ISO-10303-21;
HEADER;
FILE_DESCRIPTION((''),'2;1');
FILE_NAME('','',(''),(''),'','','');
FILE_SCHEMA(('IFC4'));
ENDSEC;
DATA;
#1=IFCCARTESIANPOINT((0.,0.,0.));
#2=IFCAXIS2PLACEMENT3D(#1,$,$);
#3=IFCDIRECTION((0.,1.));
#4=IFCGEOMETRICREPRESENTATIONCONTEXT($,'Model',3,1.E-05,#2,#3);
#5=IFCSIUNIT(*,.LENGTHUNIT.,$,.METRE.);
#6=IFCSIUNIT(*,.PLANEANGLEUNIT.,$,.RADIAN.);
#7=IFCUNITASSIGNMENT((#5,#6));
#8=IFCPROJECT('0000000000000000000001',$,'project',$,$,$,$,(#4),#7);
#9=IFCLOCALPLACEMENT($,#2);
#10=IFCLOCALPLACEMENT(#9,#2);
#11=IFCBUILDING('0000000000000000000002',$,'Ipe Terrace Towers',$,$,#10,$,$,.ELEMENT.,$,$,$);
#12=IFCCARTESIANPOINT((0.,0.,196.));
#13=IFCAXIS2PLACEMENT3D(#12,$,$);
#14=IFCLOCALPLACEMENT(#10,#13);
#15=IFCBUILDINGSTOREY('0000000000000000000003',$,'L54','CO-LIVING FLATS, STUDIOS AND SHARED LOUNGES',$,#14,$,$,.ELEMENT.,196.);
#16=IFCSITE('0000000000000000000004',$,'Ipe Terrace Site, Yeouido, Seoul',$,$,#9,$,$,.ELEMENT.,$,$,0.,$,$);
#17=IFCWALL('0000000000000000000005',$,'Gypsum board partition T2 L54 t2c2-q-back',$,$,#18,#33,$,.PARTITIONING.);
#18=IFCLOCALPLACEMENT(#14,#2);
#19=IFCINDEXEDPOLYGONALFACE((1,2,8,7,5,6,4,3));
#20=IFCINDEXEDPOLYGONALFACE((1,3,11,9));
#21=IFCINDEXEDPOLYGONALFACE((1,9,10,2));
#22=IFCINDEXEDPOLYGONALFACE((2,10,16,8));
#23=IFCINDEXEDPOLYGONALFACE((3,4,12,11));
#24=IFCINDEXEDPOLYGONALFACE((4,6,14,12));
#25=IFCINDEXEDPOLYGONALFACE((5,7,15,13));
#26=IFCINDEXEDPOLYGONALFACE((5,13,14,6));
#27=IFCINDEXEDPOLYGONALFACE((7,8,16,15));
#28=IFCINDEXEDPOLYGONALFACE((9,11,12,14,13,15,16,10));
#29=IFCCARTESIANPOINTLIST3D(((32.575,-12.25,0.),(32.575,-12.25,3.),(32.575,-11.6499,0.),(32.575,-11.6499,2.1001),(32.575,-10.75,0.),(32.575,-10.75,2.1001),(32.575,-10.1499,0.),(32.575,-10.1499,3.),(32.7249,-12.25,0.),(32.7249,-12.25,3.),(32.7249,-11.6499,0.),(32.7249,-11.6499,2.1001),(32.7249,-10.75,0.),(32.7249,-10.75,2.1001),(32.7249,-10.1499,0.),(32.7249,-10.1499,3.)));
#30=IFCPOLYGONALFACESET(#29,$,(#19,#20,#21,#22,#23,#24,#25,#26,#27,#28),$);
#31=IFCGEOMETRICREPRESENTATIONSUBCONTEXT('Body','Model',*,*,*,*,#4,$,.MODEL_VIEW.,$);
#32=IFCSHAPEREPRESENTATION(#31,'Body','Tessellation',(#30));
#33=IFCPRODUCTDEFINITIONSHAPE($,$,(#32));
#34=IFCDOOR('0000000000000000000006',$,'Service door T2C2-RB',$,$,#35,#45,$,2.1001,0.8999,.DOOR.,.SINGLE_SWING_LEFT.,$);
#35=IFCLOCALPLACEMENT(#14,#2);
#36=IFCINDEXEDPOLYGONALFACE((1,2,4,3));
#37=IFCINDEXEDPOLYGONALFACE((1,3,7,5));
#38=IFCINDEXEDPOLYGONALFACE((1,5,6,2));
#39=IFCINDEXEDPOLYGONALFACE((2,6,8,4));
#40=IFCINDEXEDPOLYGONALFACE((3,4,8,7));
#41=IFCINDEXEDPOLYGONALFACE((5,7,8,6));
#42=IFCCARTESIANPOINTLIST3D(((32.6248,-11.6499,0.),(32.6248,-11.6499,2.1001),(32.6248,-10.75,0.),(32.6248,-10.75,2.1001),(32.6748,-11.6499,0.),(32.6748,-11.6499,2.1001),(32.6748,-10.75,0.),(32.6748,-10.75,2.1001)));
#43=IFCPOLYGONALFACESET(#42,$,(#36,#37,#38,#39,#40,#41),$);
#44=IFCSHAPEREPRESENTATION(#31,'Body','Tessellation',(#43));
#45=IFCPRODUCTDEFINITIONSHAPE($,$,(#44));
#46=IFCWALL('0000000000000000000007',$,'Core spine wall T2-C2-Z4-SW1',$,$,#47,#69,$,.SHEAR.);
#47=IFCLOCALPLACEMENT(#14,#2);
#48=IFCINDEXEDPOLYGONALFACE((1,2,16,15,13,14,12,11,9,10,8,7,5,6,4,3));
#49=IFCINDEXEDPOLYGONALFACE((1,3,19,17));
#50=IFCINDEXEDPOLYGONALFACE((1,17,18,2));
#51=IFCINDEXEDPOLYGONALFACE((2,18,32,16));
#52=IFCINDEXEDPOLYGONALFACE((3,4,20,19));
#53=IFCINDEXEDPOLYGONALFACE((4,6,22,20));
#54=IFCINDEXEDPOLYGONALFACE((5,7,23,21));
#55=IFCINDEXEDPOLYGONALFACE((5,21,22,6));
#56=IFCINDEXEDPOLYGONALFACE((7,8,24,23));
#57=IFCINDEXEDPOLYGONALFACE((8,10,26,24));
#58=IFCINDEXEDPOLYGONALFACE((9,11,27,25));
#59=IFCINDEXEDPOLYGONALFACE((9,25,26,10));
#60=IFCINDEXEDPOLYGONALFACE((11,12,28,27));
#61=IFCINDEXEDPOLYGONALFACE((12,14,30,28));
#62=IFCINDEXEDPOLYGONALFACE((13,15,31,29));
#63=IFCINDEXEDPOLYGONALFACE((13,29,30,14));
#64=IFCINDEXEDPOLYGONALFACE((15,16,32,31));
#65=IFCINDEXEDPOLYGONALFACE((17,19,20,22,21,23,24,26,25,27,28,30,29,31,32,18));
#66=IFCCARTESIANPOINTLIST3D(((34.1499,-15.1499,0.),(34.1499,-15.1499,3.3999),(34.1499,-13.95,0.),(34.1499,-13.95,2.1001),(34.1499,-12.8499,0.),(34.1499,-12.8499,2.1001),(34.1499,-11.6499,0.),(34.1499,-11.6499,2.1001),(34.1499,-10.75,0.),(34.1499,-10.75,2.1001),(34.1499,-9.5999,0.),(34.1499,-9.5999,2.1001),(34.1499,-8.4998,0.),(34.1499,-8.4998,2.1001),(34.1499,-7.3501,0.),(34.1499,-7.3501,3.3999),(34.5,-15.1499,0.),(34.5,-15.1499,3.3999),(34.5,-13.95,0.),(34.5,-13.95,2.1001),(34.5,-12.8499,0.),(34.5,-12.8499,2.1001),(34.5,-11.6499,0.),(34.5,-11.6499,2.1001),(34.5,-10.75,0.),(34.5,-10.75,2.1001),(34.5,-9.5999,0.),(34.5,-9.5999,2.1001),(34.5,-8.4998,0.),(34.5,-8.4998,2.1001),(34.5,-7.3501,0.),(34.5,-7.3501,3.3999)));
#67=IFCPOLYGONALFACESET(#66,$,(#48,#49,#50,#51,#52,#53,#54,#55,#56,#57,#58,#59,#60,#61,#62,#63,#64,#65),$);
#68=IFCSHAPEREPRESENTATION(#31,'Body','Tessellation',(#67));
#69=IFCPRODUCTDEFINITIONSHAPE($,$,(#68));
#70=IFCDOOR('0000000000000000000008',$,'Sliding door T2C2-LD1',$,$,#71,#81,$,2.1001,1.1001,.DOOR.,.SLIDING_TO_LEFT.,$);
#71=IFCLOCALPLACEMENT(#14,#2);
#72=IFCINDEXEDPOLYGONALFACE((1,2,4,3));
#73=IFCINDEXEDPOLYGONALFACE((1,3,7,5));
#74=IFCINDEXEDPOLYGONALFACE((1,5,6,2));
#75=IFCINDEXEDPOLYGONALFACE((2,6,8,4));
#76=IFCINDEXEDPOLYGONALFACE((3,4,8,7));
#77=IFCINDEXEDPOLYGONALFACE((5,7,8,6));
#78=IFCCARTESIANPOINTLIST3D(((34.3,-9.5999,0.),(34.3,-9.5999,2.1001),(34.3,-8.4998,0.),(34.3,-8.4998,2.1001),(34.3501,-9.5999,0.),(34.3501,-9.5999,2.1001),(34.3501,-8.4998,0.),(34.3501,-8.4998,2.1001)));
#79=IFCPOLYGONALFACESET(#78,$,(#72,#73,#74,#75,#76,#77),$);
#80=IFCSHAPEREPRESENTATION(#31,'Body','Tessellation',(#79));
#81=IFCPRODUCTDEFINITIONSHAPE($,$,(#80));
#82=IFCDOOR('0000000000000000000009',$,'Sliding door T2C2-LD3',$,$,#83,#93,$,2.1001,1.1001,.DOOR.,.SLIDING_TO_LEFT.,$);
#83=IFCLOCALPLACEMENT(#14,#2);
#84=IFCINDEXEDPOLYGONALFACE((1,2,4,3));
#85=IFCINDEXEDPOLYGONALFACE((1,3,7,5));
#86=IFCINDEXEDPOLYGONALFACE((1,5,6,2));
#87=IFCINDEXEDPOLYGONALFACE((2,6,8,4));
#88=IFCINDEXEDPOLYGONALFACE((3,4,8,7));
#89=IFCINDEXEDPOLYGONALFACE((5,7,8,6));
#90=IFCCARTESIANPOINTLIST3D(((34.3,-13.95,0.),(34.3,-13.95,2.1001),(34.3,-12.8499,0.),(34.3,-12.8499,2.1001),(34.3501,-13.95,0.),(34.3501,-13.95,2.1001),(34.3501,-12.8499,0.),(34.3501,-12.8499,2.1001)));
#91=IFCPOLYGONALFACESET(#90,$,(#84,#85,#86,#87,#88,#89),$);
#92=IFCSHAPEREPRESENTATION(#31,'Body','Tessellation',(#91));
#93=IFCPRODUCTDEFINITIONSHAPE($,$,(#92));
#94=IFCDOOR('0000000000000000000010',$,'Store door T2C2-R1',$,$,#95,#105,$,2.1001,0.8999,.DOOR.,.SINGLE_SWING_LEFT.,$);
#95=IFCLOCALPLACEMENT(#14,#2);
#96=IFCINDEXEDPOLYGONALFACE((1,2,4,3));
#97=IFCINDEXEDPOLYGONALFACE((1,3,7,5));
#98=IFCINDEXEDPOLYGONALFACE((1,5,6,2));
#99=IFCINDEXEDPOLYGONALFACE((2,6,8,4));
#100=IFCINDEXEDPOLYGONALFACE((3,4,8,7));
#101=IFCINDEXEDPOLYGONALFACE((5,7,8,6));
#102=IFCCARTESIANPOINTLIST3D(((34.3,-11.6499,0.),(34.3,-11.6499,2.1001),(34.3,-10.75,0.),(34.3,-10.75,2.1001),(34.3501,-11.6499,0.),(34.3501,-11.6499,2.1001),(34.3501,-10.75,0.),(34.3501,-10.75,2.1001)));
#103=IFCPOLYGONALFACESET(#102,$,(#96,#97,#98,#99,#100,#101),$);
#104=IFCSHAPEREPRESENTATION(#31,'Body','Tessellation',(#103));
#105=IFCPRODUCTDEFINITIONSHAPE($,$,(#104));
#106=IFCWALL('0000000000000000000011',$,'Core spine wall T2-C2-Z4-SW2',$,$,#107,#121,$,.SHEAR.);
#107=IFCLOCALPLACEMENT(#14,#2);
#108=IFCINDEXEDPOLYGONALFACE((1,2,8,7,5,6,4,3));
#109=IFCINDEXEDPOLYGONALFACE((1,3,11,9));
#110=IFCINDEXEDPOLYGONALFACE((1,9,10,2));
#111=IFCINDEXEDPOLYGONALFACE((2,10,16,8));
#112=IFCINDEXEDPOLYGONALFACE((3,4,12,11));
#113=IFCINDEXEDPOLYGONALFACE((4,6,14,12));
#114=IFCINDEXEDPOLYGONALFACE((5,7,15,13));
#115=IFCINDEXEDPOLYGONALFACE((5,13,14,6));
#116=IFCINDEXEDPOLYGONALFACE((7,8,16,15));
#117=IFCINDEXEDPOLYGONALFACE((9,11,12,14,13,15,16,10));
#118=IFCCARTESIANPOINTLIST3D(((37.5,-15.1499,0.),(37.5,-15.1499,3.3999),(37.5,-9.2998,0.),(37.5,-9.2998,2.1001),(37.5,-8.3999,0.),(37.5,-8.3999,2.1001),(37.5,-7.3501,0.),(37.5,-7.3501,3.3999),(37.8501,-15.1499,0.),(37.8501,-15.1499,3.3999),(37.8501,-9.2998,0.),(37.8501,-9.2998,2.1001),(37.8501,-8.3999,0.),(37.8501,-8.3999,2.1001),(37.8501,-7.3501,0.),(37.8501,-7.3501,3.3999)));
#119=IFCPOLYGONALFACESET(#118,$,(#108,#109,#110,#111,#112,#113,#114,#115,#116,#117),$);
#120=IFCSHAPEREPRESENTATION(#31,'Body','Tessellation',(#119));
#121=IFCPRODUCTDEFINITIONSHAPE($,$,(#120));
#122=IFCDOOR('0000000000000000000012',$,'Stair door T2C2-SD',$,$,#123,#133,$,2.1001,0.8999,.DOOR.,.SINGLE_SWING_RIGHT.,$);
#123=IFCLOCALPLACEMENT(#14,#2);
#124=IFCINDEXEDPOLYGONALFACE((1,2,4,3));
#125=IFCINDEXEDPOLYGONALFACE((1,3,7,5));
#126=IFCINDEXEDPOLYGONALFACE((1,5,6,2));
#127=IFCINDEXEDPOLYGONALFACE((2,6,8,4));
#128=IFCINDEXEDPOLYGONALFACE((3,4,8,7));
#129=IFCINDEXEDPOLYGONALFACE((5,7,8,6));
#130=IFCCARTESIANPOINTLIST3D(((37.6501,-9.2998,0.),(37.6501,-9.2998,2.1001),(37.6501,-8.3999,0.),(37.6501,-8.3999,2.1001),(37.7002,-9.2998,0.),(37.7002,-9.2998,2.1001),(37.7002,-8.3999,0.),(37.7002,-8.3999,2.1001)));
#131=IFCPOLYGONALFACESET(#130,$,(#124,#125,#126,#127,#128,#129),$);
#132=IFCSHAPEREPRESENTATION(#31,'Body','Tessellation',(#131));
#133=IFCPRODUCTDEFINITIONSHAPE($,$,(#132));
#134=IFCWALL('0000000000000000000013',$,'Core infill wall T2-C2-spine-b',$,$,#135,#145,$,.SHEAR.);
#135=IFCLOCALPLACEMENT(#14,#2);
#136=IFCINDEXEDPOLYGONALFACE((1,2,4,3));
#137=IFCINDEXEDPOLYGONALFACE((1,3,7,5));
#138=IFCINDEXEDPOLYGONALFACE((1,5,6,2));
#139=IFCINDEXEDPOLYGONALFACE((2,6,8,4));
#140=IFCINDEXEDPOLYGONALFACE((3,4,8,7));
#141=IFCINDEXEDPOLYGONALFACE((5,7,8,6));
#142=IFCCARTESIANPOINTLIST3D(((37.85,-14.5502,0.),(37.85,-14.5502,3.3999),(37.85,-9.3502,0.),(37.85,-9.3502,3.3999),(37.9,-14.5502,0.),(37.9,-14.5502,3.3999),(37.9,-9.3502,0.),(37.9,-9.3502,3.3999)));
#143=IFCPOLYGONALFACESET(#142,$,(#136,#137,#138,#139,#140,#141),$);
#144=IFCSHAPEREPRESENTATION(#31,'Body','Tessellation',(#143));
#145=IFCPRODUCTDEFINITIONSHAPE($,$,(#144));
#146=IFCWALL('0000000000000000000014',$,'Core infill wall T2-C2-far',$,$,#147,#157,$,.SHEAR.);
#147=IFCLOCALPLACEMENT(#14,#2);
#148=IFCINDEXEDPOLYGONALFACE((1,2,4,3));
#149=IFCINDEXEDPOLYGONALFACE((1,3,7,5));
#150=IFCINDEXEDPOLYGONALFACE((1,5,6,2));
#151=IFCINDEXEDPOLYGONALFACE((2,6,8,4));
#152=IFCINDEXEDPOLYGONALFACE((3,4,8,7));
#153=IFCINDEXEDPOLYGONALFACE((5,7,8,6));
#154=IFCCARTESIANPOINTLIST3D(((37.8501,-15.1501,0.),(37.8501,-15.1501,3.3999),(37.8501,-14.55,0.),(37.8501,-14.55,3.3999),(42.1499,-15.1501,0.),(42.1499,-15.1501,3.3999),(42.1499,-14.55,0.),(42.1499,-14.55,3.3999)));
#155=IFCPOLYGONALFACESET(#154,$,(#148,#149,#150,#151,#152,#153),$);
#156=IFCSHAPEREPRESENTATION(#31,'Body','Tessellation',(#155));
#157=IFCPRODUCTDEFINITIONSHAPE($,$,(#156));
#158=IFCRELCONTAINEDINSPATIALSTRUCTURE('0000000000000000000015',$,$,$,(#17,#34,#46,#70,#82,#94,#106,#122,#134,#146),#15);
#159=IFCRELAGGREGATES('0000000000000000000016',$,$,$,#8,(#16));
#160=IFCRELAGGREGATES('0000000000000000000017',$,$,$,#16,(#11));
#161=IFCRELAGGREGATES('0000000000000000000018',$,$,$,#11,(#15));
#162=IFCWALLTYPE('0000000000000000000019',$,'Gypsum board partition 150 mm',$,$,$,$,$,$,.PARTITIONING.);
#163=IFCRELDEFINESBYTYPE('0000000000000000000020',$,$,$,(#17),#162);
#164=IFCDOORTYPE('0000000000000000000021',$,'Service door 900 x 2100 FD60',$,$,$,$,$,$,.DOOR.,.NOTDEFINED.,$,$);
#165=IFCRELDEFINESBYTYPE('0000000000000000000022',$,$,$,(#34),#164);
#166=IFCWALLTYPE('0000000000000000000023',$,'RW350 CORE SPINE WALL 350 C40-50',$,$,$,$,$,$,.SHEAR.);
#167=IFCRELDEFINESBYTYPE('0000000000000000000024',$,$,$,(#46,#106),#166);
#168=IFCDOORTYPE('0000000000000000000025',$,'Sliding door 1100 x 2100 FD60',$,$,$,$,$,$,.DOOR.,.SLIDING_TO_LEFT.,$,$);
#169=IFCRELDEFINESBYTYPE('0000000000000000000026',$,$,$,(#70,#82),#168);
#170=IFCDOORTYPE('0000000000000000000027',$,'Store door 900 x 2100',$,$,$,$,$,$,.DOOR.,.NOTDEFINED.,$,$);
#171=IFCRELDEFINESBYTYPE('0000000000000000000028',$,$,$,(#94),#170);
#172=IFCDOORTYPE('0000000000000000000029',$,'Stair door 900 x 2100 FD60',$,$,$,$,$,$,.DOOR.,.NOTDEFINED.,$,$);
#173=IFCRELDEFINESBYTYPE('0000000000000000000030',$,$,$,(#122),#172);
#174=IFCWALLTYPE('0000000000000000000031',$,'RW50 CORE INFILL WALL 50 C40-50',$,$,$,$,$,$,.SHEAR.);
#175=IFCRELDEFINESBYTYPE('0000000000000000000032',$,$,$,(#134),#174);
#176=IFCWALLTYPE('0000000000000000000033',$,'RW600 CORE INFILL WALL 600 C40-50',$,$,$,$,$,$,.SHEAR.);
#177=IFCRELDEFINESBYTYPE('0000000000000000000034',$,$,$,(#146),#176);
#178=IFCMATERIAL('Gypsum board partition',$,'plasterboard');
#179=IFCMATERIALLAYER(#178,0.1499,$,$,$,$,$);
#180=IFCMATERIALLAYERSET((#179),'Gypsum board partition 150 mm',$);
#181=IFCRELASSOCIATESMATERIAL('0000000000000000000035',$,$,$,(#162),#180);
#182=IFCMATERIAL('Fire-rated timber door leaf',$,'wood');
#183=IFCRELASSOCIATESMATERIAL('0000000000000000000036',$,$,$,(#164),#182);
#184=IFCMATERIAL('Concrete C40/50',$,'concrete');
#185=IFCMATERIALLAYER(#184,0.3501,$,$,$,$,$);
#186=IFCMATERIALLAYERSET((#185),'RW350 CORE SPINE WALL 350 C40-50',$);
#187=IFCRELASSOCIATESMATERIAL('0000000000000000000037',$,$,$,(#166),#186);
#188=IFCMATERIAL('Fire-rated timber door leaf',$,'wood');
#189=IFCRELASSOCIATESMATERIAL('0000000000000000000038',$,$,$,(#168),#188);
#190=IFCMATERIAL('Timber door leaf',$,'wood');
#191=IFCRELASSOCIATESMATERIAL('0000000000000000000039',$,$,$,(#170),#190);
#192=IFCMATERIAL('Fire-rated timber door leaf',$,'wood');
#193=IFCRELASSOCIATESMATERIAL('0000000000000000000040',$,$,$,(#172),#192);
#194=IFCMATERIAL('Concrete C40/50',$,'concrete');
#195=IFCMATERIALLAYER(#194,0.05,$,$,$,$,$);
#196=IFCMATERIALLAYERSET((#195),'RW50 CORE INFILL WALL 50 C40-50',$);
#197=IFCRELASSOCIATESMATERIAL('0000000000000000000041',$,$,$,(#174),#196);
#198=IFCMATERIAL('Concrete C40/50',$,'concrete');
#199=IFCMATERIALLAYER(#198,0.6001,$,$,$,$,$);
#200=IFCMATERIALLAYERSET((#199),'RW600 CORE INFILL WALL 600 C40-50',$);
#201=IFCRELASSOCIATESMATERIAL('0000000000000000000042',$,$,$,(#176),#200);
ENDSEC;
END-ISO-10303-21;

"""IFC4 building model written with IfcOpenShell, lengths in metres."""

from ifc_helpers import new_model, si_unit, direction, frame, frame_2d, origin, place, context, subcontext, project, spatial, rectangle, extrude, material, layer, layer_set, type_object, element, fill, save


model = new_model("IFC4")

# Units and contexts
model_context = context("Model", 3, precision=1e-05, world=origin(), true_north=direction((0.0, 1.0)))
body_context = subcontext(model_context, "Body", "Model", "MODEL_VIEW")
ifc_project = project(units=[si_unit("LENGTHUNIT", "METRE"), si_unit("PLANEANGLEUNIT", "RADIAN")], contexts=[model_context])

# Site, building, storey
site_placement = place(None, origin())
site = spatial("IfcSite", under=ifc_project, at=site_placement, Name="Ipe Terrace Site, Yeouido, Seoul", CompositionType="ELEMENT", RefElevation=0.0)
building_placement = place(site_placement, origin())
building = spatial("IfcBuilding", under=site, at=building_placement, Name="Ipe Terrace Towers", CompositionType="ELEMENT")
storey_placement = place(building_placement, frame((0.0, 0.0, 196.0)))
storey = spatial("IfcBuildingStorey", under=building, at=storey_placement, Name="L54", Description="CO-LIVING FLATS, STUDIOS AND SHARED LOUNGES", CompositionType="ELEMENT", Elevation=196.0)

# Wall, opening, door
ifc_material_1 = material(Name="Gypsum board partition", Category="plasterboard")
ifc_layer_1 = layer(ifc_material_1, 0.1499)
ifc_layer_set_1 = layer_set([ifc_layer_1], Name="Gypsum board partition 150 mm")
wall_type_1 = type_object("IfcWallType", Name="Gypsum board partition 150 mm", PredefinedType="PARTITIONING", material=ifc_layer_set_1)
wall_1_placement = place(storey_placement, frame((32.6499, -10.1499, 0.0), z_axis=(0.0, 0.0, 1.0), x_axis=(0.0, -1.0, 0.0)))
wall_1 = element("IfcWall", 1, at=wall_1_placement, inside=storey, type_object=wall_type_1, Name="Gypsum board partition T2 L54 t2c2-q-back", PredefinedType="PARTITIONING", context=body_context, shape_type="SweptSolid", body=[
    extrude(rectangle(XDim=2.1001, YDim=0.1499, at=frame_2d((1.05, 0.0))), origin(), (0.0, 0.0, 1.0), 3.0),
])
opening_1_placement = place(wall_1_placement, frame((0.6001, 0.0, 0.0)))
opening_1 = element("IfcOpeningElement", 2, at=opening_1_placement, cuts=wall_1, PredefinedType="OPENING", context=body_context, shape_type="SweptSolid", body=[
    extrude(rectangle(XDim=0.8999, YDim=2.1001, at=frame_2d((0.45, 1.05))), frame((0.0, 0.085, 0.0), z_axis=(0.0, -1.0, 0.0), x_axis=(1.0, 0.0, 0.0)), (0.0, 0.0, 1.0), 0.1699),
])
ifc_material_2 = material(Name="Fire-rated timber door leaf", Category="wood")
door_type_1 = type_object("IfcDoorType", Name="Service door 900 x 2100 FD60", OperationType="NOTDEFINED", PredefinedType="DOOR", material=ifc_material_2)
door_1_placement = place(opening_1_placement, origin())
door_1 = element("IfcDoor", 3, at=door_1_placement, inside=storey, type_object=door_type_1, Name="Service door T2C2-RB", OperationType="SINGLE_SWING_LEFT", OverallHeight=2.1001, OverallWidth=0.8999, PredefinedType="DOOR", context=body_context, shape_type="SweptSolid", body=[
    extrude(rectangle(XDim=0.8999, YDim=2.1001, at=frame_2d((0.45, 1.05))), frame((0.0, 0.0249, 0.0), z_axis=(0.0, -1.0, 0.0), x_axis=(1.0, 0.0, 0.0)), (0.0, 0.0, 1.0), 0.05),
])
fill(opening_1, door_1)

# Wall, openings, doors
ifc_material_3 = material(Name="Concrete C40/50", Category="concrete")
ifc_layer_2 = layer(ifc_material_3, 0.3501)
ifc_layer_set_2 = layer_set([ifc_layer_2], Name="RW350 CORE SPINE WALL 350 C40-50")
wall_type_2 = type_object("IfcWallType", Name="RW350 CORE SPINE WALL 350 C40-50", PredefinedType="SHEAR", material=ifc_layer_set_2)
wall_2_placement = place(storey_placement, frame((34.325, -15.1499, 0.0), z_axis=(0.0, 0.0, 1.0), x_axis=(0.0, 1.0, 0.0)))
wall_2 = element("IfcWall", 4, at=wall_2_placement, inside=storey, type_object=wall_type_2, Name="Core spine wall T2-C2-Z4-SW1", PredefinedType="SHEAR", context=body_context, shape_type="SweptSolid", body=[
    extrude(rectangle(XDim=7.7998, YDim=0.3501, at=frame_2d((3.8999, 0.0))), origin(), (0.0, 0.0, 1.0), 3.3999),
])
opening_2_placement = place(wall_2_placement, frame((5.55, 0.0, 0.0)))
opening_2 = element("IfcOpeningElement", 5, at=opening_2_placement, cuts=wall_2, PredefinedType="OPENING", context=body_context, shape_type="SweptSolid", body=[
    extrude(rectangle(XDim=1.1001, YDim=2.1001, at=frame_2d((0.55, 1.05))), frame((0.0, 0.1851, 0.0), z_axis=(0.0, -1.0, 0.0), x_axis=(1.0, 0.0, 0.0)), (0.0, 0.0, 1.0), 0.3701),
])
opening_3_placement = place(wall_2_placement, frame((1.2, 0.0, 0.0)))
opening_3 = element("IfcOpeningElement", 6, at=opening_3_placement, cuts=wall_2, PredefinedType="OPENING", context=body_context, shape_type="SweptSolid", body=[
    extrude(rectangle(XDim=1.1001, YDim=2.1001, at=frame_2d((0.55, 1.05))), frame((0.0, 0.1851, 0.0), z_axis=(0.0, -1.0, 0.0), x_axis=(1.0, 0.0, 0.0)), (0.0, 0.0, 1.0), 0.3701),
])
opening_4_placement = place(wall_2_placement, frame((3.5, 0.0, 0.0)))
opening_4 = element("IfcOpeningElement", 7, at=opening_4_placement, cuts=wall_2, PredefinedType="OPENING", context=body_context, shape_type="SweptSolid", body=[
    extrude(rectangle(XDim=0.8999, YDim=2.1001, at=frame_2d((0.45, 1.05))), frame((0.0, 0.1851, 0.0), z_axis=(0.0, -1.0, 0.0), x_axis=(1.0, 0.0, 0.0)), (0.0, 0.0, 1.0), 0.3701),
])
ifc_material_4 = material(Name="Fire-rated timber door leaf", Category="wood")
door_type_2 = type_object("IfcDoorType", Name="Sliding door 1100 x 2100 FD60", OperationType="SLIDING_TO_LEFT", PredefinedType="DOOR", material=ifc_material_4)
door_2_placement = place(opening_2_placement, origin())
door_2 = element("IfcDoor", 8, at=door_2_placement, inside=storey, type_object=door_type_2, Name="Sliding door T2C2-LD1", OperationType="SLIDING_TO_LEFT", OverallHeight=2.1001, OverallWidth=1.1001, PredefinedType="DOOR", context=body_context, shape_type="SweptSolid", body=[
    extrude(rectangle(XDim=1.1001, YDim=2.1001, at=frame_2d((0.55, 1.05))), frame((0.0, 0.0249, 0.0), z_axis=(0.0, -1.0, 0.0), x_axis=(1.0, 0.0, 0.0)), (0.0, 0.0, 1.0), 0.05),
])
fill(opening_2, door_2)
door_3_placement = place(opening_3_placement, origin())
door_3 = element("IfcDoor", 9, at=door_3_placement, inside=storey, type_object=door_type_2, Name="Sliding door T2C2-LD3", OperationType="SLIDING_TO_LEFT", OverallHeight=2.1001, OverallWidth=1.1001, PredefinedType="DOOR", context=body_context, shape_type="SweptSolid", body=[
    extrude(rectangle(XDim=1.1001, YDim=2.1001, at=frame_2d((0.55, 1.05))), frame((0.0, 0.0249, 0.0), z_axis=(0.0, -1.0, 0.0), x_axis=(1.0, 0.0, 0.0)), (0.0, 0.0, 1.0), 0.05),
])
fill(opening_3, door_3)
ifc_material_5 = material(Name="Timber door leaf", Category="wood")
door_type_3 = type_object("IfcDoorType", Name="Store door 900 x 2100", OperationType="NOTDEFINED", PredefinedType="DOOR", material=ifc_material_5)
door_4_placement = place(opening_4_placement, origin())
door_4 = element("IfcDoor", 10, at=door_4_placement, inside=storey, type_object=door_type_3, Name="Store door T2C2-R1", OperationType="SINGLE_SWING_LEFT", OverallHeight=2.1001, OverallWidth=0.8999, PredefinedType="DOOR", context=body_context, shape_type="SweptSolid", body=[
    extrude(rectangle(XDim=0.8999, YDim=2.1001, at=frame_2d((0.45, 1.05))), frame((0.0, 0.0249, 0.0), z_axis=(0.0, -1.0, 0.0), x_axis=(1.0, 0.0, 0.0)), (0.0, 0.0, 1.0), 0.05),
])
fill(opening_4, door_4)

# Wall, opening, door
wall_3_placement = place(storey_placement, frame((37.675, -15.1499, 0.0), z_axis=(0.0, 0.0, 1.0), x_axis=(0.0, 1.0, 0.0)))
wall_3 = element("IfcWall", 11, at=wall_3_placement, inside=storey, type_object=wall_type_2, Name="Core spine wall T2-C2-Z4-SW2", PredefinedType="SHEAR", context=body_context, shape_type="SweptSolid", body=[
    extrude(rectangle(XDim=7.7998, YDim=0.3501, at=frame_2d((3.8999, 0.0))), origin(), (0.0, 0.0, 1.0), 3.3999),
])
opening_5_placement = place(wall_3_placement, frame((5.8501, 0.0, 0.0)))
opening_5 = element("IfcOpeningElement", 12, at=opening_5_placement, cuts=wall_3, PredefinedType="OPENING", context=body_context, shape_type="SweptSolid", body=[
    extrude(rectangle(XDim=0.8999, YDim=2.1001, at=frame_2d((0.45, 1.05))), frame((0.0, 0.1851, 0.0), z_axis=(0.0, -1.0, 0.0), x_axis=(1.0, 0.0, 0.0)), (0.0, 0.0, 1.0), 0.3701),
])
ifc_material_6 = material(Name="Fire-rated timber door leaf", Category="wood")
door_type_4 = type_object("IfcDoorType", Name="Stair door 900 x 2100 FD60", OperationType="NOTDEFINED", PredefinedType="DOOR", material=ifc_material_6)
door_5_placement = place(opening_5_placement, origin())
door_5 = element("IfcDoor", 13, at=door_5_placement, inside=storey, type_object=door_type_4, Name="Stair door T2C2-SD", OperationType="SINGLE_SWING_RIGHT", OverallHeight=2.1001, OverallWidth=0.8999, PredefinedType="DOOR", context=body_context, shape_type="SweptSolid", body=[
    extrude(rectangle(XDim=0.8999, YDim=2.1001, at=frame_2d((0.45, 1.05))), frame((0.0, 0.0249, 0.0), z_axis=(0.0, -1.0, 0.0), x_axis=(1.0, 0.0, 0.0)), (0.0, 0.0, 1.0), 0.05),
])
fill(opening_5, door_5)

# Walls
ifc_material_7 = material(Name="Concrete C40/50", Category="concrete")
ifc_layer_3 = layer(ifc_material_7, 0.05)
ifc_layer_set_3 = layer_set([ifc_layer_3], Name="RW50 CORE INFILL WALL 50 C40-50")
wall_type_3 = type_object("IfcWallType", Name="RW50 CORE INFILL WALL 50 C40-50", PredefinedType="SHEAR", material=ifc_layer_set_3)
wall_4_placement = place(storey_placement, frame((37.875, -9.3501, 0.0), z_axis=(0.0, 0.0, 1.0), x_axis=(0.0, -1.0, 0.0)))
element("IfcWall", 14, at=wall_4_placement, inside=storey, type_object=wall_type_3, Name="Core infill wall T2-C2-spine-b", PredefinedType="SHEAR", context=body_context, shape_type="SweptSolid", body=[
    extrude(rectangle(XDim=5.2, YDim=0.05, at=frame_2d((2.6001, 0.0))), origin(), (0.0, 0.0, 1.0), 3.3999),
])
ifc_material_8 = material(Name="Concrete C40/50", Category="concrete")
ifc_layer_4 = layer(ifc_material_8, 0.6001)
ifc_layer_set_4 = layer_set([ifc_layer_4], Name="RW600 CORE INFILL WALL 600 C40-50")
wall_type_4 = type_object("IfcWallType", Name="RW600 CORE INFILL WALL 600 C40-50", PredefinedType="SHEAR", material=ifc_layer_set_4)
for number, where, z_axis, x_axis, name in (
    (15, (37.8501, -14.8501, 0.0), (0.0, 0.0, 1.0), (1.0, 0.0, 0.0), "Core infill wall T2-C2-far"),
):
    element("IfcWall", number, at=place(storey_placement, frame(where, z_axis=z_axis, x_axis=x_axis)), inside=storey, type_object=wall_type_4, Name=name, PredefinedType="SHEAR", context=body_context, shape_type="SweptSolid", body=[
        extrude(rectangle(XDim=4.2998, YDim=0.6001, at=frame_2d((2.1499, 0.0))), origin(), (0.0, 0.0, 1.0), 3.3999),
    ])

save(model, "model.ifc")
